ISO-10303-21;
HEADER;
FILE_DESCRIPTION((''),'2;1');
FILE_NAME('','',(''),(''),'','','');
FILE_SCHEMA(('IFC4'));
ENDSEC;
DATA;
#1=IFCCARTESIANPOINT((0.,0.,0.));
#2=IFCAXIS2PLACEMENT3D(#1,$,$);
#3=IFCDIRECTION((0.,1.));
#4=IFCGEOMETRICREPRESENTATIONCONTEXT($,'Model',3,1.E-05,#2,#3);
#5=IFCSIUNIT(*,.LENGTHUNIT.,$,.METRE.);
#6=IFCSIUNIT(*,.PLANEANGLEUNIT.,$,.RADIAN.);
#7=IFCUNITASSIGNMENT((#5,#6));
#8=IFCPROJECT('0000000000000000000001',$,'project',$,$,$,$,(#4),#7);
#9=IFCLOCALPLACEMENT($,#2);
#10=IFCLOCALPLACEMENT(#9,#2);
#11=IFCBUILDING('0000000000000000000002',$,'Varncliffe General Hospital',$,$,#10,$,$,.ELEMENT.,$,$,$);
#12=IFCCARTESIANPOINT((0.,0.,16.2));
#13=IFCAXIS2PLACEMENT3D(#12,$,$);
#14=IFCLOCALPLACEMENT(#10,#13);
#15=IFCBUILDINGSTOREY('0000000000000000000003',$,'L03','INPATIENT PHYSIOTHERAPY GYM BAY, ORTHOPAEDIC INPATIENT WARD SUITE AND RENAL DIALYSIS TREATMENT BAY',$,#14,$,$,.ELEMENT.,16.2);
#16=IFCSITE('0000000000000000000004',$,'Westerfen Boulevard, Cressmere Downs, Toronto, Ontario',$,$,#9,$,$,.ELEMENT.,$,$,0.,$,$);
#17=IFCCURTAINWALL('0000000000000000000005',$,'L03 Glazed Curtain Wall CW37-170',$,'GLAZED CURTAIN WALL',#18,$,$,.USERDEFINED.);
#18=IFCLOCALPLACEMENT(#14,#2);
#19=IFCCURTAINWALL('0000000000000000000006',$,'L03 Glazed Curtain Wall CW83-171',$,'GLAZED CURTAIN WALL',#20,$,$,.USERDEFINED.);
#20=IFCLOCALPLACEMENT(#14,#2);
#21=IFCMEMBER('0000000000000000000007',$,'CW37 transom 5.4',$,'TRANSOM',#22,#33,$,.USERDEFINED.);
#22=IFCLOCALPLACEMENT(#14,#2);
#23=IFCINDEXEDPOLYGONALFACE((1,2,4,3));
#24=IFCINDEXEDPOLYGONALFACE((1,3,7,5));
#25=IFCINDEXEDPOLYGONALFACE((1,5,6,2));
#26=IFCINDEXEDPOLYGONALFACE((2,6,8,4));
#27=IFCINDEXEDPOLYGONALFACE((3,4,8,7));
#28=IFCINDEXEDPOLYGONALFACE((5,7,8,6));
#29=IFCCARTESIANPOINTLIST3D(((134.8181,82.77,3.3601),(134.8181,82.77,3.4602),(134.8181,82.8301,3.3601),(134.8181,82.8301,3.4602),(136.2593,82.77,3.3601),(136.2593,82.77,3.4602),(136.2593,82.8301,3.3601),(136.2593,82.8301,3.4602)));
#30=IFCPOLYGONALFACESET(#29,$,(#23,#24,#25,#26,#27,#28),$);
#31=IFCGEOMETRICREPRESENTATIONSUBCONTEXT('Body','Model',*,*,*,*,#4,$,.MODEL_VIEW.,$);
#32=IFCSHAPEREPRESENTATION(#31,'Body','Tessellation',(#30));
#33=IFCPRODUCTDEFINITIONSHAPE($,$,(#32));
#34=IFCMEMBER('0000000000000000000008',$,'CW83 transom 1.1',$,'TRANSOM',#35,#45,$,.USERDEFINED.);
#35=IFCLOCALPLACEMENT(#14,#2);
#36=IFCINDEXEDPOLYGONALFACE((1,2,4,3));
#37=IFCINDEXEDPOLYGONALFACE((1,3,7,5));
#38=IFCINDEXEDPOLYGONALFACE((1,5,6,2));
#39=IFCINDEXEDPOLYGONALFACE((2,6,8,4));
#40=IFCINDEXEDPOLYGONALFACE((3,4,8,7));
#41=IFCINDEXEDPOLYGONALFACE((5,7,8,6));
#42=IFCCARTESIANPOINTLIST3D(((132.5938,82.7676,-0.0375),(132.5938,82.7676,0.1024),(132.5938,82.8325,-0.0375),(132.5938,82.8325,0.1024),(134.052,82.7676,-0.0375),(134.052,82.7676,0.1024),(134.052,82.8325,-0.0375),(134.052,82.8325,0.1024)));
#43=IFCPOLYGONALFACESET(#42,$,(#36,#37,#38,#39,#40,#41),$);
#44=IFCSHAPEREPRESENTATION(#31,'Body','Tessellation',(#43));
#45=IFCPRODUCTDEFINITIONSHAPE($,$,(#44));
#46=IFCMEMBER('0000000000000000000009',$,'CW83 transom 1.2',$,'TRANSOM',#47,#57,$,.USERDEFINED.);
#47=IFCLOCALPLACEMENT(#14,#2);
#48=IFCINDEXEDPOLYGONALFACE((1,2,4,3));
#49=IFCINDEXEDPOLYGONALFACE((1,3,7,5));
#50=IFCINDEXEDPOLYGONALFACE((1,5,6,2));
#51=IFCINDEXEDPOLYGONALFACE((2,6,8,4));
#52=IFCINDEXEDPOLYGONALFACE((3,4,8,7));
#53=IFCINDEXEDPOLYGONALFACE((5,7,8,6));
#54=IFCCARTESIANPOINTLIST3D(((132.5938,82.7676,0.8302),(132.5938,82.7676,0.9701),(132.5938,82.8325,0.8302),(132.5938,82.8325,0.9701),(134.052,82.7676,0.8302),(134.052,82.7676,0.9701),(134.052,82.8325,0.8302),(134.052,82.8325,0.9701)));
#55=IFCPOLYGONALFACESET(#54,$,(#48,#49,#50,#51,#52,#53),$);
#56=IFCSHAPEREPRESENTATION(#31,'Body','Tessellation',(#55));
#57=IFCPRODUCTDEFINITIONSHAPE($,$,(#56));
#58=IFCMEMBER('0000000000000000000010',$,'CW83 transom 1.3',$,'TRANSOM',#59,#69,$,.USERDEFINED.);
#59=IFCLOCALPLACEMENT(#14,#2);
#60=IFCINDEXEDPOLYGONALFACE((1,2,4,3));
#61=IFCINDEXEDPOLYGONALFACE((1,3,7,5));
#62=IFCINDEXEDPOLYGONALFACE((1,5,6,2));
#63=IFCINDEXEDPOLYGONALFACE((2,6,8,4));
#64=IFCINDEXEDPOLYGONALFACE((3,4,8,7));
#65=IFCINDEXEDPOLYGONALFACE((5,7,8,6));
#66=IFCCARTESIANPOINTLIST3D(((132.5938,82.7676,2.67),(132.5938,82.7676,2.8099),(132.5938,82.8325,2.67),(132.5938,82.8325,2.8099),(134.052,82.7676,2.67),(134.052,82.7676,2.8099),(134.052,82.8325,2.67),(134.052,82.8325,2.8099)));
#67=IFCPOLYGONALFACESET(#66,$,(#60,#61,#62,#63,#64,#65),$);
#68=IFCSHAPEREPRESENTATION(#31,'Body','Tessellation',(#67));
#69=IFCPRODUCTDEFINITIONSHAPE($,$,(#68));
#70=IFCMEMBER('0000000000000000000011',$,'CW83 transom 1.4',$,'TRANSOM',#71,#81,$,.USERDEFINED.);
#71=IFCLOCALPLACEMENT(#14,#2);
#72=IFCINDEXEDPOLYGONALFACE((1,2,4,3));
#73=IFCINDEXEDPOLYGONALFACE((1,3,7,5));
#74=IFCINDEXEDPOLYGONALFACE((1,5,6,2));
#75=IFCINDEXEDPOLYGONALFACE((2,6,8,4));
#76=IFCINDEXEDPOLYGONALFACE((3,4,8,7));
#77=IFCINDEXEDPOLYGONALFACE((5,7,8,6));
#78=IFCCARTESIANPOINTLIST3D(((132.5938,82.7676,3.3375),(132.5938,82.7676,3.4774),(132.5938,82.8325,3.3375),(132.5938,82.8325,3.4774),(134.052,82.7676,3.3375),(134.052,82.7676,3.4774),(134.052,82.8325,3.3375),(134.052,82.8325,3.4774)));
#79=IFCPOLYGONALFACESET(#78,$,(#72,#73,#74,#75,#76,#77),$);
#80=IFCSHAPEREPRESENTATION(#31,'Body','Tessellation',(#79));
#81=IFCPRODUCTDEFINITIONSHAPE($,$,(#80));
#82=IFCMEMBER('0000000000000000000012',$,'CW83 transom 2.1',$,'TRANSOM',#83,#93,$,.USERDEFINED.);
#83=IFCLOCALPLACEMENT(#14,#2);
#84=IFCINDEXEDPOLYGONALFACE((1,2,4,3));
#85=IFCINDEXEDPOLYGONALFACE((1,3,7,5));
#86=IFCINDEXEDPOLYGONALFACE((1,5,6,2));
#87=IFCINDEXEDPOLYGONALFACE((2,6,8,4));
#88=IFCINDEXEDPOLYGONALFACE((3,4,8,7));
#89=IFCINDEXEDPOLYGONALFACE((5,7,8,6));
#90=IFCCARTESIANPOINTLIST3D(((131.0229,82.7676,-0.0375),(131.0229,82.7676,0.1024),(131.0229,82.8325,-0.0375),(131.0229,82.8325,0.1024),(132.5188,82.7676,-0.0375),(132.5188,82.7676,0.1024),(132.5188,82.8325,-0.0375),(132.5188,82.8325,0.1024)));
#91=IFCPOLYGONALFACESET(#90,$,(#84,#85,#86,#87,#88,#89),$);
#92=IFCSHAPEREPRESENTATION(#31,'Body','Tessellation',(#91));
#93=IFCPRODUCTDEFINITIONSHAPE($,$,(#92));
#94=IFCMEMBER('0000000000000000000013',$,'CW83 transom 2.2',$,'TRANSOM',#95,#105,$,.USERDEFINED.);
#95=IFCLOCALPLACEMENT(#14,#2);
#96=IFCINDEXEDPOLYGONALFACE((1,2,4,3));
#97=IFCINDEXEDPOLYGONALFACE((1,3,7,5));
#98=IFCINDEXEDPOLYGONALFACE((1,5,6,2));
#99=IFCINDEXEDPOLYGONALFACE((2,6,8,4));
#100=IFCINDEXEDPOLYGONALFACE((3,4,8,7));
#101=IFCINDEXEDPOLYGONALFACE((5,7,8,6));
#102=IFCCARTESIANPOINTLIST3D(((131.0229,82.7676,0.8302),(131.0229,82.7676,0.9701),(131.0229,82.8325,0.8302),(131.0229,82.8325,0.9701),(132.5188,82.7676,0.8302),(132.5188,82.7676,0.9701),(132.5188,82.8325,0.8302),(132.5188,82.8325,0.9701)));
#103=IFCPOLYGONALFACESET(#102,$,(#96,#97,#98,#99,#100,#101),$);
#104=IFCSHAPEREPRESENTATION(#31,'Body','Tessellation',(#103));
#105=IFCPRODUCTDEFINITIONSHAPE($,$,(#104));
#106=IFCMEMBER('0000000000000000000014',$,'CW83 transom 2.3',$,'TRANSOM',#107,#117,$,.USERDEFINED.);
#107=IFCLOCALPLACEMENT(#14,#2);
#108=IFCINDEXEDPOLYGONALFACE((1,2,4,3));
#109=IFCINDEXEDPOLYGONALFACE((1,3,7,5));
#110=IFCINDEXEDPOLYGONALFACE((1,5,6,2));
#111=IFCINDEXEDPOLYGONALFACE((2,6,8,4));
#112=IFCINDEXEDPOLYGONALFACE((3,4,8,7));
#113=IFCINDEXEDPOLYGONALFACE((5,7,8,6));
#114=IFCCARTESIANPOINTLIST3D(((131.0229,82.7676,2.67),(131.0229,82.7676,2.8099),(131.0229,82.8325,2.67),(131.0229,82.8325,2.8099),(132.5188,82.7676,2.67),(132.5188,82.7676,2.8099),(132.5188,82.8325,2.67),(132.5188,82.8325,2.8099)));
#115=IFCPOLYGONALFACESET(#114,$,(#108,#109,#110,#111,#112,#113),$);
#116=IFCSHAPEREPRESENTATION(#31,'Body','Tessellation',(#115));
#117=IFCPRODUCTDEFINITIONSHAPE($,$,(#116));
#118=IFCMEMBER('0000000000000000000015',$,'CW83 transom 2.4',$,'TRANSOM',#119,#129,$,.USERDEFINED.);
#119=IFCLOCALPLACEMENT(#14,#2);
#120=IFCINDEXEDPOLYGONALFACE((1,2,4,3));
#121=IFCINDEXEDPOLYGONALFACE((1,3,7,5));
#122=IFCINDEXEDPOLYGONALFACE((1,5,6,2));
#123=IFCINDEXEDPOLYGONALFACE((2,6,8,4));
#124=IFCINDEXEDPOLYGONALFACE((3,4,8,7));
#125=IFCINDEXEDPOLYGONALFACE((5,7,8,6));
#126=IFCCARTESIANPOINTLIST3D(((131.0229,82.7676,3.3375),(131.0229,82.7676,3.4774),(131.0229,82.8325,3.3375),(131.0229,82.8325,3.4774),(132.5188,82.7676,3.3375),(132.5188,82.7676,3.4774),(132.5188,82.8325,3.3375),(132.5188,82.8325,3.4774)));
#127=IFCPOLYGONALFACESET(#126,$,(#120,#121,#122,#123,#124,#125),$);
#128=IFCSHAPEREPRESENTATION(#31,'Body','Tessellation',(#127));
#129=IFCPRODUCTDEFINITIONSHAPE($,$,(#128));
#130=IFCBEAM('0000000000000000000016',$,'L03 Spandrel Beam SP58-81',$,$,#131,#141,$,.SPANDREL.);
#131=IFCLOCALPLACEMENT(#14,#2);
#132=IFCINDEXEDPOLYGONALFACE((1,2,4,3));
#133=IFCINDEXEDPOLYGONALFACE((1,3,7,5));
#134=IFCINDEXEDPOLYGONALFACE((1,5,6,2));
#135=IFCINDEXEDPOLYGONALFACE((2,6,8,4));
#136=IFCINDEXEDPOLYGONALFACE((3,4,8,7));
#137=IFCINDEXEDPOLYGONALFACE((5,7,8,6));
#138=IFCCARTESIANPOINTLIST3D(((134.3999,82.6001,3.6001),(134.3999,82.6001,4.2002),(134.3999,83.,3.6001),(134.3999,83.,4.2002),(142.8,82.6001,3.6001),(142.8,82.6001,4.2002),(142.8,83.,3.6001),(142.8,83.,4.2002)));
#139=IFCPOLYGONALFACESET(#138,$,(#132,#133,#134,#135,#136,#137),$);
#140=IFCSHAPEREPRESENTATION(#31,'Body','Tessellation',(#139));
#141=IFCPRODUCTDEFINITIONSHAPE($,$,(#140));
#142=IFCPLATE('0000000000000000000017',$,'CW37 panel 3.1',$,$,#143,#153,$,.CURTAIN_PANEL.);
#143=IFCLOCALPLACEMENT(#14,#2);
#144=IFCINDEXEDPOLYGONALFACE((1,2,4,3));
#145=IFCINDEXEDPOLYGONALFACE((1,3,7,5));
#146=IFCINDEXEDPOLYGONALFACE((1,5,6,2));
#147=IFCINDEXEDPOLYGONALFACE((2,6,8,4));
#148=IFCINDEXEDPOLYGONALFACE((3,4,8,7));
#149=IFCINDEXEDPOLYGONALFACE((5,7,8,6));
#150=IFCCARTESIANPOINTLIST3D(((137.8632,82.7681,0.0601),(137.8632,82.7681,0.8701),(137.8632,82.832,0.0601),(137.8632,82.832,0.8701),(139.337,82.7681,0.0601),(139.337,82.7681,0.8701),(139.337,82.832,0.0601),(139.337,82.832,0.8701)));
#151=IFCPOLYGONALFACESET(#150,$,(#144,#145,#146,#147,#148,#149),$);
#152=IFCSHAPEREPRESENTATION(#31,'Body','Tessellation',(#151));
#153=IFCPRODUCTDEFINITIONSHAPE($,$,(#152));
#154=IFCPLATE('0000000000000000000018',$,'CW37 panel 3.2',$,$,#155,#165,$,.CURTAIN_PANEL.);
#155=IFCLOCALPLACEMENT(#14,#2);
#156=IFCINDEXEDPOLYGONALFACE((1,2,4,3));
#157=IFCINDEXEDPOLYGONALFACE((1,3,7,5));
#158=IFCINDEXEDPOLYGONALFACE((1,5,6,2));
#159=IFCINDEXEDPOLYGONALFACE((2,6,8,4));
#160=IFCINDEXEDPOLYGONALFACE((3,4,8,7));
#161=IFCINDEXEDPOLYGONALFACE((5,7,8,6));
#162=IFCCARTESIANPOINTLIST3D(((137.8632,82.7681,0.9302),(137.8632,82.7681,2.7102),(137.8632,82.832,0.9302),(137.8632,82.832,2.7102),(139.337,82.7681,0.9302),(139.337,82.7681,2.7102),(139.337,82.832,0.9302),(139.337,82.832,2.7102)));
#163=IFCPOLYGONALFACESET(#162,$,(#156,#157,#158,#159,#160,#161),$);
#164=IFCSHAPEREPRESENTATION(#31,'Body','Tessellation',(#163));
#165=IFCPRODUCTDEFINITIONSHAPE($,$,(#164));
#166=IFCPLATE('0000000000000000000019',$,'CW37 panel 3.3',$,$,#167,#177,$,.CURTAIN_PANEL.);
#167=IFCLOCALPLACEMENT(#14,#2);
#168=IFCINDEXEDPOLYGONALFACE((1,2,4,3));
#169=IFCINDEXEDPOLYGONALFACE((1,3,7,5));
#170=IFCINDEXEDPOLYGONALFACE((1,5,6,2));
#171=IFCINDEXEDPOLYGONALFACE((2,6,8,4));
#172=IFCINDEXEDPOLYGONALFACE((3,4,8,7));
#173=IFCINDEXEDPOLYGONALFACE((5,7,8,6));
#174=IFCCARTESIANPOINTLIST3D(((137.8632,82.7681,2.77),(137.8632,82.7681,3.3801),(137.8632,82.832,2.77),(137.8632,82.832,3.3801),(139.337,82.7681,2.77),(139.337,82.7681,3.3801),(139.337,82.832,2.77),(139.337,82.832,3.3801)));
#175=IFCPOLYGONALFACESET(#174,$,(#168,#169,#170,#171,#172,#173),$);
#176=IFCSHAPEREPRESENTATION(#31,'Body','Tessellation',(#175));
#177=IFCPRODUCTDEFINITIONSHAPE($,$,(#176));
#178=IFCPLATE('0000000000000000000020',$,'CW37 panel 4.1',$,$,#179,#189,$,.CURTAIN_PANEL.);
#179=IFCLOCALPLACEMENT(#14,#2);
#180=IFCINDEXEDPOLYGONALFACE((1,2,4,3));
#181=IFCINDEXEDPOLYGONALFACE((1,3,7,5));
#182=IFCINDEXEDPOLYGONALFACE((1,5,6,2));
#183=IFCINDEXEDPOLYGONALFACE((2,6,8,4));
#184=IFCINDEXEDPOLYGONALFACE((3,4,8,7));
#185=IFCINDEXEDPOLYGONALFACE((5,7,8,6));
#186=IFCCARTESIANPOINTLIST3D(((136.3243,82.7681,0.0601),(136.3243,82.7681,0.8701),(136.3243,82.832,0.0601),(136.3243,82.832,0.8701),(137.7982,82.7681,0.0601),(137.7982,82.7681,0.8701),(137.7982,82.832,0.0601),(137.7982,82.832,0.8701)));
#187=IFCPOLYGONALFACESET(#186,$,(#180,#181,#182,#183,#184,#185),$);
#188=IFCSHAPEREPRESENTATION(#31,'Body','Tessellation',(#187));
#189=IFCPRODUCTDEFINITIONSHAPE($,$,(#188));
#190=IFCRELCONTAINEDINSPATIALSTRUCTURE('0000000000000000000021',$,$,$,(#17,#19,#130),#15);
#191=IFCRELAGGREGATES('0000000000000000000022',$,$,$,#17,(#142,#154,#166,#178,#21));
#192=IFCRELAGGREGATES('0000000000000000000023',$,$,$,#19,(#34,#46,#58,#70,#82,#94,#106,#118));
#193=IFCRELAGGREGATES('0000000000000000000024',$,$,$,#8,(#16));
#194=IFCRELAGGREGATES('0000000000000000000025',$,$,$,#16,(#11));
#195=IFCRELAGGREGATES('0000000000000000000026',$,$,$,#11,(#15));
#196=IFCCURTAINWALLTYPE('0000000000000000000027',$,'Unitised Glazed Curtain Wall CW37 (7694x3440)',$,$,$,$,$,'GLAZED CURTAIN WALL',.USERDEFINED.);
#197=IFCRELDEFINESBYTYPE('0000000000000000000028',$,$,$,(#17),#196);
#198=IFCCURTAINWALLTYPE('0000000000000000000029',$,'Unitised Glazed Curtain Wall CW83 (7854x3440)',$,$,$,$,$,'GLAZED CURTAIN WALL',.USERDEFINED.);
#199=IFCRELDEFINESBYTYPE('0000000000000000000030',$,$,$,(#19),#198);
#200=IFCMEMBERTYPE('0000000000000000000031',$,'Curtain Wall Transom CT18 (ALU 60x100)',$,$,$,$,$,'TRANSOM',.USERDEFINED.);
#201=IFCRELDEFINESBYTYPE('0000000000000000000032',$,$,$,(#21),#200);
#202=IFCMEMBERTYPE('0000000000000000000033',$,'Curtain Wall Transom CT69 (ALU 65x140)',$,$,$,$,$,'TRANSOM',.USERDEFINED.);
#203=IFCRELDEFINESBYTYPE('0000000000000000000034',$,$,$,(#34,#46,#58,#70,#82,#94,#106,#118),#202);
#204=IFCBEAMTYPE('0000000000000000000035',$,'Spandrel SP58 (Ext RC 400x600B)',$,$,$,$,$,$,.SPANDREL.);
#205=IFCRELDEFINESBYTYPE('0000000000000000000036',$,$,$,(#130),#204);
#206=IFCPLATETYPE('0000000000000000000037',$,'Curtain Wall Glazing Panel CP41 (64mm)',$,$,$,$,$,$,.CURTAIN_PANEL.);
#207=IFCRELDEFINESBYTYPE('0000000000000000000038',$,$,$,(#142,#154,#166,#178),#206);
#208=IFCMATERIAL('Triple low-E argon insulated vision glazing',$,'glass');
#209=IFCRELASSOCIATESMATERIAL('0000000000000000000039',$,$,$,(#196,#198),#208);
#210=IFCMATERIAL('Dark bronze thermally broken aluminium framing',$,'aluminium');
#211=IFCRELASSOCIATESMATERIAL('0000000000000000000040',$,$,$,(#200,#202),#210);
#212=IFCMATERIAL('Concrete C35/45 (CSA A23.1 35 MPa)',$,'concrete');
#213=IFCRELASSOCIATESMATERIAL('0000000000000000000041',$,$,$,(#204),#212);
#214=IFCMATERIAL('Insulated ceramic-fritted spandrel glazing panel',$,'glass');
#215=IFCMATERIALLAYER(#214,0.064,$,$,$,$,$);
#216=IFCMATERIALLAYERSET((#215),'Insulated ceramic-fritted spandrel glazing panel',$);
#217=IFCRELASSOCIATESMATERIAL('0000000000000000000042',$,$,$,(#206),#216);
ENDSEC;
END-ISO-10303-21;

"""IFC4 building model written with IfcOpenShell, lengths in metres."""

from ifc_helpers import new_model, si_unit, direction, frame, origin, origin_2d, place, context, subcontext, project, spatial, rectangle, extrude, material, layer, layer_set, material_profile, profile_set, type_object, element, aggregate, save


model = new_model("IFC4")

# Units and contexts
model_context = context("Model", 3, precision=1e-05, world=origin(), true_north=direction((0.0, 1.0)))
body_context = subcontext(model_context, "Body", "Model", "MODEL_VIEW")
ifc_project = project(units=[si_unit("LENGTHUNIT", "METRE"), si_unit("PLANEANGLEUNIT", "RADIAN")], contexts=[model_context])

# Site, building, storey
site_placement = place(None, origin())
site = spatial("IfcSite", under=ifc_project, at=site_placement, Name="Westerfen Boulevard, Cressmere Downs, Toronto, Ontario", CompositionType="ELEMENT", RefElevation=0.0)
building_placement = place(site_placement, origin())
building = spatial("IfcBuilding", under=site, at=building_placement, Name="Varncliffe General Hospital", CompositionType="ELEMENT")
storey_placement = place(building_placement, frame((0.0, 0.0, 16.2)))
storey = spatial("IfcBuildingStorey", under=building, at=storey_placement, Name="L03", Description="INPATIENT PHYSIOTHERAPY GYM BAY, ORTHOPAEDIC INPATIENT WARD SUITE AND RENAL DIALYSIS TREATMENT BAY", CompositionType="ELEMENT", Elevation=16.2)

# Shared definitions
ifc_material_1 = material(Name="Concrete C35/45 (CSA A23.1 35 MPa)", Category="concrete")

# Curtain walls
ifc_material_2 = material(Name="Triple low-E argon insulated vision glazing", Category="glass")
curtain_wall_type_1 = type_object("IfcCurtainWallType", Name="Unitised Glazed Curtain Wall CW37 (7694x3440)", ElementType="GLAZED CURTAIN WALL", PredefinedType="USERDEFINED", material=ifc_material_2)
curtain_wall_1_placement = place(storey_placement, origin())
curtain_wall_1 = element("IfcCurtainWall", 1, at=curtain_wall_1_placement, inside=storey, type_object=curtain_wall_type_1, Name="L03 Glazed Curtain Wall CW37-170", ObjectType="GLAZED CURTAIN WALL", PredefinedType="USERDEFINED")
ifc_material_3 = material(Name="Dark bronze thermally broken aluminium framing", Category="aluminium")
curtain_wall_type_2 = type_object("IfcCurtainWallType", Name="Unitised Glazed Curtain Wall CW83 (7854x3440)", ElementType="GLAZED CURTAIN WALL", PredefinedType="USERDEFINED", material=ifc_material_2)
curtain_wall_2_placement = place(storey_placement, origin())
curtain_wall_2 = element("IfcCurtainWall", 2, at=curtain_wall_2_placement, inside=storey, type_object=curtain_wall_type_2, Name="L03 Glazed Curtain Wall CW83-171", ObjectType="GLAZED CURTAIN WALL", PredefinedType="USERDEFINED")

# Members
ifc_material_profile_1 = material_profile(ifc_material_3, rectangle(XDim=0.0601, YDim=0.1001, at=origin_2d()), Name="ALU 60x100")
ifc_profile_set_1 = profile_set([ifc_material_profile_1], Name="Dark bronze thermally broken aluminium framing")
member_type_1 = type_object("IfcMemberType", Name="Curtain Wall Transom CT18 (ALU 60x100)", ElementType="TRANSOM", PredefinedType="USERDEFINED", material=ifc_profile_set_1)
member_1_placement = place(storey_placement, frame((136.2593, 82.8, 3.4102), z_axis=(-1.0, 0.0, 0.0), x_axis=(0.0, -1.0, 0.0)))
member_1 = element("IfcMember", 3, at=member_1_placement, type_object=member_type_1, Name="CW37 transom 5.4", ObjectType="TRANSOM", PredefinedType="USERDEFINED", context=body_context, shape_type="SweptSolid", body=[
    extrude(rectangle(XDim=0.0601, YDim=0.1001, at=origin_2d()), origin(), (0.0, 0.0, 1.0), 1.4412),
])
ifc_material_profile_2 = material_profile(ifc_material_3, rectangle(XDim=0.0649, YDim=0.1399, at=origin_2d()), Name="ALU 65x140")
ifc_profile_set_2 = profile_set([ifc_material_profile_2], Name="Dark bronze thermally broken aluminium framing")
member_type_2 = type_object("IfcMemberType", Name="Curtain Wall Transom CT69 (ALU 65x140)", ElementType="TRANSOM", PredefinedType="USERDEFINED", material=ifc_profile_set_2)
member_2_placement = place(storey_placement, frame((134.052, 82.8, 0.0325), z_axis=(-1.0, 0.0, 0.0), x_axis=(0.0, -1.0, 0.0)))
member_2 = element("IfcMember", 4, at=member_2_placement, type_object=member_type_2, Name="CW83 transom 1.1", ObjectType="TRANSOM", PredefinedType="USERDEFINED", context=body_context, shape_type="SweptSolid", body=[
    extrude(rectangle(XDim=0.0649, YDim=0.1399, at=origin_2d()), origin(), (0.0, 0.0, 1.0), 1.4583),
])
member_3_placement = place(storey_placement, frame((134.052, 82.8, 0.9001), z_axis=(-1.0, 0.0, 0.0), x_axis=(0.0, -1.0, 0.0)))
member_3 = element("IfcMember", 5, at=member_3_placement, type_object=member_type_2, Name="CW83 transom 1.2", ObjectType="TRANSOM", PredefinedType="USERDEFINED", context=body_context, shape_type="SweptSolid", body=[
    extrude(rectangle(XDim=0.0649, YDim=0.1399, at=origin_2d()), origin(), (0.0, 0.0, 1.0), 1.4583),
])
member_4_placement = place(storey_placement, frame((134.052, 82.8, 2.74), z_axis=(-1.0, 0.0, 0.0), x_axis=(0.0, -1.0, 0.0)))
member_4 = element("IfcMember", 6, at=member_4_placement, type_object=member_type_2, Name="CW83 transom 1.3", ObjectType="TRANSOM", PredefinedType="USERDEFINED", context=body_context, shape_type="SweptSolid", body=[
    extrude(rectangle(XDim=0.0649, YDim=0.1399, at=origin_2d()), origin(), (0.0, 0.0, 1.0), 1.4583),
])
member_5_placement = place(storey_placement, frame((134.052, 82.8, 3.4075), z_axis=(-1.0, 0.0, 0.0), x_axis=(0.0, -1.0, 0.0)))
member_5 = element("IfcMember", 7, at=member_5_placement, type_object=member_type_2, Name="CW83 transom 1.4", ObjectType="TRANSOM", PredefinedType="USERDEFINED", context=body_context, shape_type="SweptSolid", body=[
    extrude(rectangle(XDim=0.0649, YDim=0.1399, at=origin_2d()), origin(), (0.0, 0.0, 1.0), 1.4583),
])
member_6_placement = place(storey_placement, frame((132.5188, 82.8, 0.0325), z_axis=(-1.0, 0.0, 0.0), x_axis=(0.0, -1.0, 0.0)))
member_6 = element("IfcMember", 8, at=member_6_placement, type_object=member_type_2, Name="CW83 transom 2.1", ObjectType="TRANSOM", PredefinedType="USERDEFINED", context=body_context, shape_type="SweptSolid", body=[
    extrude(rectangle(XDim=0.0649, YDim=0.1399, at=origin_2d()), origin(), (0.0, 0.0, 1.0), 1.4958),
])
member_7_placement = place(storey_placement, frame((132.5188, 82.8, 0.9001), z_axis=(-1.0, 0.0, 0.0), x_axis=(0.0, -1.0, 0.0)))
member_7 = element("IfcMember", 9, at=member_7_placement, type_object=member_type_2, Name="CW83 transom 2.2", ObjectType="TRANSOM", PredefinedType="USERDEFINED", context=body_context, shape_type="SweptSolid", body=[
    extrude(rectangle(XDim=0.0649, YDim=0.1399, at=origin_2d()), origin(), (0.0, 0.0, 1.0), 1.4958),
])
member_8_placement = place(storey_placement, frame((132.5188, 82.8, 2.74), z_axis=(-1.0, 0.0, 0.0), x_axis=(0.0, -1.0, 0.0)))
member_8 = element("IfcMember", 10, at=member_8_placement, type_object=member_type_2, Name="CW83 transom 2.3", ObjectType="TRANSOM", PredefinedType="USERDEFINED", context=body_context, shape_type="SweptSolid", body=[
    extrude(rectangle(XDim=0.0649, YDim=0.1399, at=origin_2d()), origin(), (0.0, 0.0, 1.0), 1.4958),
])
member_9_placement = place(storey_placement, frame((132.5188, 82.8, 3.4075), z_axis=(-1.0, 0.0, 0.0), x_axis=(0.0, -1.0, 0.0)))
member_9 = element("IfcMember", 11, at=member_9_placement, type_object=member_type_2, Name="CW83 transom 2.4", ObjectType="TRANSOM", PredefinedType="USERDEFINED", context=body_context, shape_type="SweptSolid", body=[
    extrude(rectangle(XDim=0.0649, YDim=0.1399, at=origin_2d()), origin(), (0.0, 0.0, 1.0), 1.4958),
])

# Beam
ifc_material_profile_3 = material_profile(ifc_material_1, rectangle(XDim=0.3999, YDim=0.6001, at=origin_2d()), Name="RC 400x600")
ifc_profile_set_3 = profile_set([ifc_material_profile_3], Name="Concrete C35/45 (CSA A23.1 35 MPa)")
beam_type_1 = type_object("IfcBeamType", Name="Spandrel SP58 (Ext RC 400x600B)", PredefinedType="SPANDREL", material=ifc_profile_set_3)
beam_1_placement = place(storey_placement, frame((134.3999, 82.8, 3.9001), z_axis=(1.0, 0.0, 0.0), x_axis=(0.0, 1.0, 0.0)))
element("IfcBeam", 12, at=beam_1_placement, inside=storey, type_object=beam_type_1, Name="L03 Spandrel Beam SP58-81", PredefinedType="SPANDREL", context=body_context, shape_type="SweptSolid", body=[
    extrude(rectangle(XDim=0.3999, YDim=0.6001, at=origin_2d()), origin(), (0.0, 0.0, 1.0), 8.4001),
])

# Plates
ifc_material_4 = material(Name="Insulated ceramic-fritted spandrel glazing panel", Category="glass")
ifc_layer_1 = layer(ifc_material_4, 0.064)
ifc_layer_set_1 = layer_set([ifc_layer_1], Name="Insulated ceramic-fritted spandrel glazing panel")
plate_type_1 = type_object("IfcPlateType", Name="Curtain Wall Glazing Panel CP41 (64mm)", PredefinedType="CURTAIN_PANEL", material=ifc_layer_set_1)
plate_1_placement = place(storey_placement, frame((138.6001, 82.8, 0.0601), z_axis=(0.0, 0.0, 1.0), x_axis=(-1.0, 0.0, 0.0)))
plate_1 = element("IfcPlate", 13, at=plate_1_placement, type_object=plate_type_1, Name="CW37 panel 3.1", PredefinedType="CURTAIN_PANEL", context=body_context, shape_type="SweptSolid", body=[
    extrude(rectangle(XDim=1.4739, YDim=0.064, at=origin_2d()), origin(), (0.0, 0.0, 1.0), 0.8101),
])
plate_2_placement = place(storey_placement, frame((138.6001, 82.8, 0.9302), z_axis=(0.0, 0.0, 1.0), x_axis=(-1.0, 0.0, 0.0)))
plate_2 = element("IfcPlate", 14, at=plate_2_placement, type_object=plate_type_1, Name="CW37 panel 3.2", PredefinedType="CURTAIN_PANEL", context=body_context, shape_type="SweptSolid", body=[
    extrude(rectangle(XDim=1.4739, YDim=0.064, at=origin_2d()), origin(), (0.0, 0.0, 1.0), 1.78),
])
plate_3_placement = place(storey_placement, frame((138.6001, 82.8, 2.77), z_axis=(0.0, 0.0, 1.0), x_axis=(-1.0, 0.0, 0.0)))
plate_3 = element("IfcPlate", 15, at=plate_3_placement, type_object=plate_type_1, Name="CW37 panel 3.3", PredefinedType="CURTAIN_PANEL", context=body_context, shape_type="SweptSolid", body=[
    extrude(rectangle(XDim=1.4739, YDim=0.064, at=origin_2d()), origin(), (0.0, 0.0, 1.0), 0.6101),
])
plate_4_placement = place(storey_placement, frame((137.0613, 82.8, 0.0601), z_axis=(0.0, 0.0, 1.0), x_axis=(-1.0, 0.0, 0.0)))
plate_4 = element("IfcPlate", 16, at=plate_4_placement, type_object=plate_type_1, Name="CW37 panel 4.1", PredefinedType="CURTAIN_PANEL", context=body_context, shape_type="SweptSolid", body=[
    extrude(rectangle(XDim=1.4739, YDim=0.064, at=origin_2d()), origin(), (0.0, 0.0, 1.0), 0.8101),
])
aggregate(curtain_wall_1, [plate_1, plate_2, plate_3, plate_4, member_1])
aggregate(curtain_wall_2, [member_2, member_3, member_4, member_5, member_6, member_7, member_8, member_9])

save(model, "model.ifc")
